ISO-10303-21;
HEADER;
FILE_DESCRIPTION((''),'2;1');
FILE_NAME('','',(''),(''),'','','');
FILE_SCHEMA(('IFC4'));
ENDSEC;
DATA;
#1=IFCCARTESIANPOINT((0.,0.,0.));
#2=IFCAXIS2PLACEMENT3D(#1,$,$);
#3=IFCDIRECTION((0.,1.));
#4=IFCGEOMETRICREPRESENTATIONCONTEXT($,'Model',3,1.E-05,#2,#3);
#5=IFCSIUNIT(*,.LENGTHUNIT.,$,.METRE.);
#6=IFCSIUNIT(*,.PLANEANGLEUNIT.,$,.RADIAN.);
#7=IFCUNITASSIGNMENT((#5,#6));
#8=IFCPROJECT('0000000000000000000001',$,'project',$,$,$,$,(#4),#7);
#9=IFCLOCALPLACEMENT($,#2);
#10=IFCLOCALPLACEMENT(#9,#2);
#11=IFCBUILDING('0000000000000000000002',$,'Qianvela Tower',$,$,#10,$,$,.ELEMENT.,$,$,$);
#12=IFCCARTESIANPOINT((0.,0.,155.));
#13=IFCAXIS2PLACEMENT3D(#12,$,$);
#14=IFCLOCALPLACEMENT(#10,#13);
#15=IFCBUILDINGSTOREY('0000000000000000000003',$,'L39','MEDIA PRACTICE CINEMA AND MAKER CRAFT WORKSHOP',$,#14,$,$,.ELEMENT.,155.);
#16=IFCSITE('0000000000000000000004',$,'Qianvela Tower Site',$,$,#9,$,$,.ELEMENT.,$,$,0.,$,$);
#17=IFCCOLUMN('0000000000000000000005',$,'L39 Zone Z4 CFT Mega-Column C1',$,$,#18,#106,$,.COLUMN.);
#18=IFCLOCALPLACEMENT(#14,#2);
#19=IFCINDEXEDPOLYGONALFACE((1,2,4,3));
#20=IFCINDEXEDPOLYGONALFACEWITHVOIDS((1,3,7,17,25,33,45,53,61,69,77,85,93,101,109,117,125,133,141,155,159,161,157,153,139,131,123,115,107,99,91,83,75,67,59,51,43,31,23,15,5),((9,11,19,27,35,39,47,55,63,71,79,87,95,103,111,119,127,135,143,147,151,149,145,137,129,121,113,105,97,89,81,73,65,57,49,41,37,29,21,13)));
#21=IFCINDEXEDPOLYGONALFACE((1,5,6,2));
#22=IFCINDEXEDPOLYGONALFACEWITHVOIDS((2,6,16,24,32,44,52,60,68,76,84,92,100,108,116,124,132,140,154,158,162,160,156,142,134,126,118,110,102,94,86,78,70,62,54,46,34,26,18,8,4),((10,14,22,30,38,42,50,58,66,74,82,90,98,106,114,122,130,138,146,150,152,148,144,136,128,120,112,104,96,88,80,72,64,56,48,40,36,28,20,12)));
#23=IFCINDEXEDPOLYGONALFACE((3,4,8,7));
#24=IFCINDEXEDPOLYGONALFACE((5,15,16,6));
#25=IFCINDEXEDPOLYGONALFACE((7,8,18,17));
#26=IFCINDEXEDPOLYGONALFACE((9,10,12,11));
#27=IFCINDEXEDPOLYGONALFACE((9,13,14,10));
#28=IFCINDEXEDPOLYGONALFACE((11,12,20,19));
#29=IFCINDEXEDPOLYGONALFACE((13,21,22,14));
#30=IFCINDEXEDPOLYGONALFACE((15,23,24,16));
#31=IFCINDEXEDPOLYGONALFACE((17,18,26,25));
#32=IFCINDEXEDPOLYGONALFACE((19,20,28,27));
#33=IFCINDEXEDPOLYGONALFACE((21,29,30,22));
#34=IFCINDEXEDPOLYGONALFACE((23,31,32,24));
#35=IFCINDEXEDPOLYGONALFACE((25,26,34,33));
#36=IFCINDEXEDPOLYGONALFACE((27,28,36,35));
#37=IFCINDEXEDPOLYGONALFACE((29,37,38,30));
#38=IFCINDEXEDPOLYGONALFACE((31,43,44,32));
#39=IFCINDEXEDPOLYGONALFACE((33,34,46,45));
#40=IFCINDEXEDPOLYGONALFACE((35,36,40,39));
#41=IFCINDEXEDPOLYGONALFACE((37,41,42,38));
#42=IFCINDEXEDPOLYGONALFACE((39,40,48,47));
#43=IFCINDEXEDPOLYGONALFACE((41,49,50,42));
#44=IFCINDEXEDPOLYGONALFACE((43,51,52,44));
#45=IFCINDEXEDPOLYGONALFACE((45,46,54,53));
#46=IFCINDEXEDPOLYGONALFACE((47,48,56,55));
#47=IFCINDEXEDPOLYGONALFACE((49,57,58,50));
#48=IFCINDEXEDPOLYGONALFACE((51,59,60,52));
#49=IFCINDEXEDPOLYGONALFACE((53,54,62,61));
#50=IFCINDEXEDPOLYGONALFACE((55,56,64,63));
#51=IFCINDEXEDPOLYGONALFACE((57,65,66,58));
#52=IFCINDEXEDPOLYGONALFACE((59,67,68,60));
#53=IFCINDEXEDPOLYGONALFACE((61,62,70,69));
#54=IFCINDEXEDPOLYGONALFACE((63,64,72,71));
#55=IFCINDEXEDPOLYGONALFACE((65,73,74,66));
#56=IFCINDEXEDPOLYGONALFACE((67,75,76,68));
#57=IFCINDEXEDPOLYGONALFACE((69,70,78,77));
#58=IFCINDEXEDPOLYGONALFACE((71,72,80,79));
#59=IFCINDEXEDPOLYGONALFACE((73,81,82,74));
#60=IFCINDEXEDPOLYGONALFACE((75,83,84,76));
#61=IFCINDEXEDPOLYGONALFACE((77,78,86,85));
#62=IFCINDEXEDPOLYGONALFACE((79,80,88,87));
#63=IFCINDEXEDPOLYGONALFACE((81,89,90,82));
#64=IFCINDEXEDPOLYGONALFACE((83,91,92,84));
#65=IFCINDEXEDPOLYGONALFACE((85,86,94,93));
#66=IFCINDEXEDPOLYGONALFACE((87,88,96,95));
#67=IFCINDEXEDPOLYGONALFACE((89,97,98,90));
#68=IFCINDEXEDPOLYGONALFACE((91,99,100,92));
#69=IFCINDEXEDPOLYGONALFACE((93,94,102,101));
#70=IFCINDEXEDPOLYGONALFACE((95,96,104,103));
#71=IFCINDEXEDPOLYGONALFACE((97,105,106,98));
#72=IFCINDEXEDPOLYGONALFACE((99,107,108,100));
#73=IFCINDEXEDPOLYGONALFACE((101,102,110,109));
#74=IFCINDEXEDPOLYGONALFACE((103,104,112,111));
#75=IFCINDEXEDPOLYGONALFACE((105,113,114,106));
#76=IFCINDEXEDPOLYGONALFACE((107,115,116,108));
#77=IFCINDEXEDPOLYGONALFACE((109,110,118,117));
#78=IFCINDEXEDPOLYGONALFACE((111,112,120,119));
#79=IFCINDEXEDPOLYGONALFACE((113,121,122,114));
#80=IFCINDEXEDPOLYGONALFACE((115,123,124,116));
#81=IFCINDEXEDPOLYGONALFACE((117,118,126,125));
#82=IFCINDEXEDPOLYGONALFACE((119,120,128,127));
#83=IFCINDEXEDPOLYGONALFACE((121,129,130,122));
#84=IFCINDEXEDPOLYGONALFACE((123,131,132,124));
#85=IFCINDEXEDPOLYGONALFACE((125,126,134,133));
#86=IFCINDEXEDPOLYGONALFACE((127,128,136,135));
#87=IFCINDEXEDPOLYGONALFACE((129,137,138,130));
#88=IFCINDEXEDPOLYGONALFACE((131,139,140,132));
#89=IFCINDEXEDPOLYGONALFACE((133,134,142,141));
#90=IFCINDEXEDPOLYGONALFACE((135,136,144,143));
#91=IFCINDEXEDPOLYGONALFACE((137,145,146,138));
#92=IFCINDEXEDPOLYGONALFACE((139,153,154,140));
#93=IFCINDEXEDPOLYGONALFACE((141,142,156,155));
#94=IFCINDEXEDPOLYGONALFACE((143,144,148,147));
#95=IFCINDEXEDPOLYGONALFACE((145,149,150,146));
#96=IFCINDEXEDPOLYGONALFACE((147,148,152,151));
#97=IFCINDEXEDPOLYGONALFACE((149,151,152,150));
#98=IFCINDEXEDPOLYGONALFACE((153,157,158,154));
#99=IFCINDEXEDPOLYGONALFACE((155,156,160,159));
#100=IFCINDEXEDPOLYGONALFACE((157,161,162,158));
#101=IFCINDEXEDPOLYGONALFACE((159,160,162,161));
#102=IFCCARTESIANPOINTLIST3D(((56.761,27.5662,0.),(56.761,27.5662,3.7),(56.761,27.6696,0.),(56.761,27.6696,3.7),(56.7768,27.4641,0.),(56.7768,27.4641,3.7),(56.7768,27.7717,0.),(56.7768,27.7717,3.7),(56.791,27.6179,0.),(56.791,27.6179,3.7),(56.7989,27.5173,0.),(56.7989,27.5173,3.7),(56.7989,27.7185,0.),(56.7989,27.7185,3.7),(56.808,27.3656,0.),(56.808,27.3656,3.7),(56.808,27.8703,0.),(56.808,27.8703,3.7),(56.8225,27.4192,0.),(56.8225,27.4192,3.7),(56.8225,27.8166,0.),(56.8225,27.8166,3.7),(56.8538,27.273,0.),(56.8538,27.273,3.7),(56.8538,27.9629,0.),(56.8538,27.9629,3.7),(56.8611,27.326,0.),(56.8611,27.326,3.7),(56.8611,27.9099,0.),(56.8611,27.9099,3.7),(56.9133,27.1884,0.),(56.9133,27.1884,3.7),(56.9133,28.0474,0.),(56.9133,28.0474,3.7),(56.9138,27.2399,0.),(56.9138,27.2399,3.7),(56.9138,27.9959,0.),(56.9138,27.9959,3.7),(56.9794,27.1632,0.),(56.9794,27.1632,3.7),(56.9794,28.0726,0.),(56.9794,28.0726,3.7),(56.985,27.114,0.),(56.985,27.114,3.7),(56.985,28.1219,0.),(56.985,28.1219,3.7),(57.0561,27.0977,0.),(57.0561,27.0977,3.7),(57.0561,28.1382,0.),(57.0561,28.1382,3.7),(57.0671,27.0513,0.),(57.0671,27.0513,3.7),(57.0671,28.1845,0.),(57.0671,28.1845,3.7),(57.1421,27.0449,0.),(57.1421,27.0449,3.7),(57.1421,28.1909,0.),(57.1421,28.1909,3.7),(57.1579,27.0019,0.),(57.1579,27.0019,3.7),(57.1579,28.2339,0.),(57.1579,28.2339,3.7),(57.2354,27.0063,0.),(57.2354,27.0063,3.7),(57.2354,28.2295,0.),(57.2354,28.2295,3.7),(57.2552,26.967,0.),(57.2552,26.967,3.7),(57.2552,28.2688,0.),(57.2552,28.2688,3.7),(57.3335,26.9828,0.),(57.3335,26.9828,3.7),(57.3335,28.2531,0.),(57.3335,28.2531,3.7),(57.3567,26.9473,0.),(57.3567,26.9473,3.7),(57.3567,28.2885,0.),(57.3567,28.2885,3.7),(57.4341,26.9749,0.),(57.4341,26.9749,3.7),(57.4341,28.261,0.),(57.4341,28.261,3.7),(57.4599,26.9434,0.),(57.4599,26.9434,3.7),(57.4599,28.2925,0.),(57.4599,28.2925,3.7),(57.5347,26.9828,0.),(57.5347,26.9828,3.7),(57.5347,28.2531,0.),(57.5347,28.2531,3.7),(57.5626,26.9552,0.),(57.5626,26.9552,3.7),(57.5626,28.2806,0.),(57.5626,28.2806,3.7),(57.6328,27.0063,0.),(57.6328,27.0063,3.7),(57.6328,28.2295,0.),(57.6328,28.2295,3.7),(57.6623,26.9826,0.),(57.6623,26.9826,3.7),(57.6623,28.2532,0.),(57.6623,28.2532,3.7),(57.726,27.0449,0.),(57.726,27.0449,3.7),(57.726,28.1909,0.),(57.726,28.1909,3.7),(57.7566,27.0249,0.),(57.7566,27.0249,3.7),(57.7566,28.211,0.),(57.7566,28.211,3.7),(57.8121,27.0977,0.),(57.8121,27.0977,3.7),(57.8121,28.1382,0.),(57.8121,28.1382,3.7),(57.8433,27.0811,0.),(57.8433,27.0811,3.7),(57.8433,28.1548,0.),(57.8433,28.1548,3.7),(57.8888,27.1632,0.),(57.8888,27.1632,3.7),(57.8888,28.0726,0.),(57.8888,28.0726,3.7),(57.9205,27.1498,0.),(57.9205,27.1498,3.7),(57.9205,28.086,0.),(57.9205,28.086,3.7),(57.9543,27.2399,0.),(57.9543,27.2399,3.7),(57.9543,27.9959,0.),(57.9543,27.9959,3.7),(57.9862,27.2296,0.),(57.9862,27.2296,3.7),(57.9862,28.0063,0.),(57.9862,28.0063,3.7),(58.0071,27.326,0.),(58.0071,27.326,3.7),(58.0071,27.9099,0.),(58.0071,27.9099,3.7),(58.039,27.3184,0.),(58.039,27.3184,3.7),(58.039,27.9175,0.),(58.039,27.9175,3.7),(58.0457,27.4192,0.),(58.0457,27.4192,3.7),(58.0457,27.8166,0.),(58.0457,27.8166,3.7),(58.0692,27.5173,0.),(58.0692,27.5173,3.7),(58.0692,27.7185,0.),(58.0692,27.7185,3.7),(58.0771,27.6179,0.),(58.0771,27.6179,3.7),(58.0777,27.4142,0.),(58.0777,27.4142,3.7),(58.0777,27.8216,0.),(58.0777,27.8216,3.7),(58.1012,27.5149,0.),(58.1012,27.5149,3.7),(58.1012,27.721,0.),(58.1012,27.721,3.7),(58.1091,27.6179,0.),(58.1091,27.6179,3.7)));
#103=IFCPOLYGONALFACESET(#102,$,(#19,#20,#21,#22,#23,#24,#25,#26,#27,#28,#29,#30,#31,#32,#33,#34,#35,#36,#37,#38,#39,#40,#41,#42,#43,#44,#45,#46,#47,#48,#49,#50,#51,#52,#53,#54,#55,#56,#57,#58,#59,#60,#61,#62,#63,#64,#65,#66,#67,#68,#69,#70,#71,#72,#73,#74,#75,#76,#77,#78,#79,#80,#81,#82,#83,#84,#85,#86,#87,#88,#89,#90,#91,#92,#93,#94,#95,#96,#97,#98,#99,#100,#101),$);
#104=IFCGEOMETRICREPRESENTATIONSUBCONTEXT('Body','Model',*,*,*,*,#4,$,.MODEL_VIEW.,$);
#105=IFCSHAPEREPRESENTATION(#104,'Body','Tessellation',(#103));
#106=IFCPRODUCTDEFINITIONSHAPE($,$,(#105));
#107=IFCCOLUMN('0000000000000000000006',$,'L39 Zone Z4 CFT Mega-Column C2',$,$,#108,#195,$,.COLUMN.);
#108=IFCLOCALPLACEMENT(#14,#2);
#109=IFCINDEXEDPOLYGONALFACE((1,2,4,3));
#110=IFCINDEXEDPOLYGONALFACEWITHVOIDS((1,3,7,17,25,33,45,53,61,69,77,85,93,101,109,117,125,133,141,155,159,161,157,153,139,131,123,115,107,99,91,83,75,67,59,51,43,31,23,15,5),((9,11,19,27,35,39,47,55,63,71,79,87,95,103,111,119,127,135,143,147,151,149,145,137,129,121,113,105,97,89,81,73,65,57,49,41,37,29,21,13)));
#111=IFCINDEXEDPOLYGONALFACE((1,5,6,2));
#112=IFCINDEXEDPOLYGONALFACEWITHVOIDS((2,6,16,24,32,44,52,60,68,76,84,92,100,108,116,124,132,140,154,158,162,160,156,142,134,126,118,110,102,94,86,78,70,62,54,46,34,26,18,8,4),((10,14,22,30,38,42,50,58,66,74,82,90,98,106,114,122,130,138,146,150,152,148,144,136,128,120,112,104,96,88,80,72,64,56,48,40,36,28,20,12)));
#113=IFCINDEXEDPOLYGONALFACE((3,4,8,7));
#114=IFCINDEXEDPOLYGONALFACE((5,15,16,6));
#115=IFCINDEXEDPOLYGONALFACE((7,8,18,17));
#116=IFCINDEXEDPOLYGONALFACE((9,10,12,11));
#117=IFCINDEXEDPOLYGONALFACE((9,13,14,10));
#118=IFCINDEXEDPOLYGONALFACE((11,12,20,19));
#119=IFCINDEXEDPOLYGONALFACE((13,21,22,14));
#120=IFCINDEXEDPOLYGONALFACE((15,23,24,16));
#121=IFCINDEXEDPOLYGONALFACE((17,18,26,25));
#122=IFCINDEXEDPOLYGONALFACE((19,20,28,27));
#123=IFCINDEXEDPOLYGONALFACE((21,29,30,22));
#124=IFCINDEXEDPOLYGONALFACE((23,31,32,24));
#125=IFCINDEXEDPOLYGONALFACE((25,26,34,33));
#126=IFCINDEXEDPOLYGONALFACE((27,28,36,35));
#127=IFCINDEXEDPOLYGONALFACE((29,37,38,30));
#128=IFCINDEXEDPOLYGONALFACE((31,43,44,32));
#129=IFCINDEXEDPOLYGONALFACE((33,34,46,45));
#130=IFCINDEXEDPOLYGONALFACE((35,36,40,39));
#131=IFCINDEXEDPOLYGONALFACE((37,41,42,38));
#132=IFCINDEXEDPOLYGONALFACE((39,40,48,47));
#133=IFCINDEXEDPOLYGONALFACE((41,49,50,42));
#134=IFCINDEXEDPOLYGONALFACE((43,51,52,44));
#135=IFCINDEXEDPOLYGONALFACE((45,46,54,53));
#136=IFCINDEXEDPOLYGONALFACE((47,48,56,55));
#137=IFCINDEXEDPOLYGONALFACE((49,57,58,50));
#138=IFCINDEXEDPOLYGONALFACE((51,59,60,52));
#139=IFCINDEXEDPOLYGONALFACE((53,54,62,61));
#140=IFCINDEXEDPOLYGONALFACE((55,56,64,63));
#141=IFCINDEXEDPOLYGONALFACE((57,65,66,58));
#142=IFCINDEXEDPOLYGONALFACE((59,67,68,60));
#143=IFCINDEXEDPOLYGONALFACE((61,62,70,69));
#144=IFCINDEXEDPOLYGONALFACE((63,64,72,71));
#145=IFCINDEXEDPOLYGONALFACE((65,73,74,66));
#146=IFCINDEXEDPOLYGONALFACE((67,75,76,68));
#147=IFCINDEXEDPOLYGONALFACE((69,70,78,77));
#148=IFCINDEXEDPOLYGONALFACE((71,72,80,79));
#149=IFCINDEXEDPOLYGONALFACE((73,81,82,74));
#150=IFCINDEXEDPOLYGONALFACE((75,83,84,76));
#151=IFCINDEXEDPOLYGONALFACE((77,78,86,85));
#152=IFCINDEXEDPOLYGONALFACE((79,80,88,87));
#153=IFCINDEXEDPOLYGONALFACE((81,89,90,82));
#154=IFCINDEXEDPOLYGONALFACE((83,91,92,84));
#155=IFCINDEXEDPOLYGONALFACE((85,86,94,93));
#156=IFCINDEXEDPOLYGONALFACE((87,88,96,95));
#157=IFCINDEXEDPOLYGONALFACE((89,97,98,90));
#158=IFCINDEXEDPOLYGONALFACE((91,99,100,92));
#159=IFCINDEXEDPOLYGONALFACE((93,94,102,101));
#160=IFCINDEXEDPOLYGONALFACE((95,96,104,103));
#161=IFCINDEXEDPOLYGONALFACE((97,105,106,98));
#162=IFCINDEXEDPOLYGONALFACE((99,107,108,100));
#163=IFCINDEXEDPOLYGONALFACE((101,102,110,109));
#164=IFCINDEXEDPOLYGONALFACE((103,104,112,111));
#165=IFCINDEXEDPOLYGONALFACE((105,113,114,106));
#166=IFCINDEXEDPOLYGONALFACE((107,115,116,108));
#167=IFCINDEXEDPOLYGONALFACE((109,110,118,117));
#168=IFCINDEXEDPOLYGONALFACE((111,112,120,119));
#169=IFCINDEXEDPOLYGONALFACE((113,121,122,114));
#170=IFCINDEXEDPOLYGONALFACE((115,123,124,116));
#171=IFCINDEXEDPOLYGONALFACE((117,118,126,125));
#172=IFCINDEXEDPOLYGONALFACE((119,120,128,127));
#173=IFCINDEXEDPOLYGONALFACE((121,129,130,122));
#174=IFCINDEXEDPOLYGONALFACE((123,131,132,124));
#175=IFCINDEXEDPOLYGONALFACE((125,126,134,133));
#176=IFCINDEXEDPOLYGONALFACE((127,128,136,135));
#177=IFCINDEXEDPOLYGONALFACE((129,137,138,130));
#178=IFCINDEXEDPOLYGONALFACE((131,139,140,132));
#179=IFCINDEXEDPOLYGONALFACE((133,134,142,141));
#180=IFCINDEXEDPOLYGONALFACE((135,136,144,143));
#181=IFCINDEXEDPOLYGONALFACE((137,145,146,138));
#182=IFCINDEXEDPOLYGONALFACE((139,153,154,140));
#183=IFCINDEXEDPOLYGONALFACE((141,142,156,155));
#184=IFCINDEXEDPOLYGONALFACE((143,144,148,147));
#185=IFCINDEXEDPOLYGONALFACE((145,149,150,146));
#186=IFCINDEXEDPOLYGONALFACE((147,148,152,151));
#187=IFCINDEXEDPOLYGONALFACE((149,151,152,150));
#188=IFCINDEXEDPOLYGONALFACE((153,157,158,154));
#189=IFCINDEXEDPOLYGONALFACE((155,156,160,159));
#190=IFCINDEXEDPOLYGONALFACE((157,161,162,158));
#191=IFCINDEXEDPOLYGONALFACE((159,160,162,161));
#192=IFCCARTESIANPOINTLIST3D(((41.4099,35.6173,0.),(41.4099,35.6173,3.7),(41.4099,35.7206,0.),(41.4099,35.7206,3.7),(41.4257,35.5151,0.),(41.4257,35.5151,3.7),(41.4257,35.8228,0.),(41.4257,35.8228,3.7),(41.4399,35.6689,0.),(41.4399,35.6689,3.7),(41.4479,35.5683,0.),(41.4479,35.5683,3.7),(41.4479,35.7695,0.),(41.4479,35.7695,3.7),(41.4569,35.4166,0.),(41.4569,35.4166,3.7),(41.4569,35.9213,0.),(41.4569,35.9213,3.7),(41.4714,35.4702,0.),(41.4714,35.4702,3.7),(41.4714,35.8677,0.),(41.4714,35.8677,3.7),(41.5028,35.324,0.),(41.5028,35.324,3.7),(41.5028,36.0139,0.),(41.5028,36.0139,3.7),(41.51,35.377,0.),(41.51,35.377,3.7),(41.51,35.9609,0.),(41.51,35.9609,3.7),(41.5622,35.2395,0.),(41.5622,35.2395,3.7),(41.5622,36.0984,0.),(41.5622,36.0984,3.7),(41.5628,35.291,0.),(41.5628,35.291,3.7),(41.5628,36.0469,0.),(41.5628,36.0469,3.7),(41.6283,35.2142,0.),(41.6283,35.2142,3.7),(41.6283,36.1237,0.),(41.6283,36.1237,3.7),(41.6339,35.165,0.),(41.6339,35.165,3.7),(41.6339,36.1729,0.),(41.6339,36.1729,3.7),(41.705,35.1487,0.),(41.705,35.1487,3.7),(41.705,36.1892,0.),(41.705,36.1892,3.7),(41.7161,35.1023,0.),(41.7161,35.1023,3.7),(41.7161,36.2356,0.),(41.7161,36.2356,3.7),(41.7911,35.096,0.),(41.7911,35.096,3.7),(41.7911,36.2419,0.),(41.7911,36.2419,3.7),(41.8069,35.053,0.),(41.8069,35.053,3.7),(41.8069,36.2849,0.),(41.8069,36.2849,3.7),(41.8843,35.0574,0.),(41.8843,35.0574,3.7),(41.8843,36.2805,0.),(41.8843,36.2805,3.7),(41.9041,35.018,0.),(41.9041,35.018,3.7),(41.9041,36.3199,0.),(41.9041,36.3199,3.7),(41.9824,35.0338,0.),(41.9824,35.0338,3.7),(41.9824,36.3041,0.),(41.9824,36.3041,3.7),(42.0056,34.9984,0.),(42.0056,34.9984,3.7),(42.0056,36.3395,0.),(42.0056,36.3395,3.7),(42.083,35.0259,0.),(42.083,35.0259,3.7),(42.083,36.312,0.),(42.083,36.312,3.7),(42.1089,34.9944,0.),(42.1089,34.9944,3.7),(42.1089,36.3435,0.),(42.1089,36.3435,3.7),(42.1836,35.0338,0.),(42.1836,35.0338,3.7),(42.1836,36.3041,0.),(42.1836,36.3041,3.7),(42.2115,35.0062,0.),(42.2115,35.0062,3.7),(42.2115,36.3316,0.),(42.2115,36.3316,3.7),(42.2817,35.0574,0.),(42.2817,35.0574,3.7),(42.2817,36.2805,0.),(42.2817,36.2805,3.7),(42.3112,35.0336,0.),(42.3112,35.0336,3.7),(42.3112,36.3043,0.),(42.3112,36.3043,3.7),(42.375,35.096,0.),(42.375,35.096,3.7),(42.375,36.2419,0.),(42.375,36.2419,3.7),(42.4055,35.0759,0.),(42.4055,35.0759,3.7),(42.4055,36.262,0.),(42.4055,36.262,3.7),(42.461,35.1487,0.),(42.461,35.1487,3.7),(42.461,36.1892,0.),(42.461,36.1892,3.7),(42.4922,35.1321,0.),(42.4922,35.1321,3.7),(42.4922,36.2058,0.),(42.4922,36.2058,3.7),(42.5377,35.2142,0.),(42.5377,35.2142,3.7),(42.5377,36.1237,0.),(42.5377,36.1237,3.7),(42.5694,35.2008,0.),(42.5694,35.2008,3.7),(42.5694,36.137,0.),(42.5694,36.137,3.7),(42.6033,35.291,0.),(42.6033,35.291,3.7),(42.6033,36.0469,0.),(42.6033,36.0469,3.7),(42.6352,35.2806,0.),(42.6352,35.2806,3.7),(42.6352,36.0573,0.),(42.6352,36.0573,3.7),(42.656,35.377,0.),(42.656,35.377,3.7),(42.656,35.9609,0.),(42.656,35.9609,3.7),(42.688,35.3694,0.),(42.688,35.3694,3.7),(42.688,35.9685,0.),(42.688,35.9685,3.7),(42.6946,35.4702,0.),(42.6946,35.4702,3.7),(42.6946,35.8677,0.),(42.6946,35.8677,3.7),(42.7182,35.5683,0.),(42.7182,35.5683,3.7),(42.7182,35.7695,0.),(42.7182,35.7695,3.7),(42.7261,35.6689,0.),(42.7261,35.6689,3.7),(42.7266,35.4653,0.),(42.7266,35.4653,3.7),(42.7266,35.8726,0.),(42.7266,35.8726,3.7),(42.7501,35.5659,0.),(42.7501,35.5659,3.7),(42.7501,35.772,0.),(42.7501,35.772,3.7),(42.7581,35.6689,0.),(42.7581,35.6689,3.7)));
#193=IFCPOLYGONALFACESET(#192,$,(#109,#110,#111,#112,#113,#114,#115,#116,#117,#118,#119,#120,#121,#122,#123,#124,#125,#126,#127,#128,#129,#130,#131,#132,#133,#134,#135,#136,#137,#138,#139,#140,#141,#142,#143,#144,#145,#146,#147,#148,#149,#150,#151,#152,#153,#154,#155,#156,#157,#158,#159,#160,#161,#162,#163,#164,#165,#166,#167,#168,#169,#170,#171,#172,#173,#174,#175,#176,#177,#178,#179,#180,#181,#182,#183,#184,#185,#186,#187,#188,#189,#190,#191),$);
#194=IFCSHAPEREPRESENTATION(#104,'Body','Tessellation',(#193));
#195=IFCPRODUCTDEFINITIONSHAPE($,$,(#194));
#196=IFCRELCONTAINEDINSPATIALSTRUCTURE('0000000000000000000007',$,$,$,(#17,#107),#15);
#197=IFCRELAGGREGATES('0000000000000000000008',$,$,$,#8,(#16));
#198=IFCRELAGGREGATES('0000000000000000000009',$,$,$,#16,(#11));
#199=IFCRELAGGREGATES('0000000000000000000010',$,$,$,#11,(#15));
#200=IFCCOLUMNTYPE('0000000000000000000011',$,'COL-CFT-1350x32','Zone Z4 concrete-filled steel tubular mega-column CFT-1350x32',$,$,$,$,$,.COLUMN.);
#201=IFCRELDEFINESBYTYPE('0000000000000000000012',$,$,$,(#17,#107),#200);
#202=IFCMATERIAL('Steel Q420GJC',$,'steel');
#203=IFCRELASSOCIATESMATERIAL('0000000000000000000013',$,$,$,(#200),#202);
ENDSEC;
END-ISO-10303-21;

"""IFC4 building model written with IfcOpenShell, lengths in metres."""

from ifc_helpers import new_model, si_unit, direction, frame, origin, origin_2d, place, context, subcontext, project, spatial, hollow_circle, extrude, material, material_profile, profile_set, type_object, element, save


model = new_model("IFC4")

# Units and contexts
model_context = context("Model", 3, precision=1e-05, world=origin(), true_north=direction((0.0, 1.0)))
body_context = subcontext(model_context, "Body", "Model", "MODEL_VIEW")
ifc_project = project(units=[si_unit("LENGTHUNIT", "METRE"), si_unit("PLANEANGLEUNIT", "RADIAN")], contexts=[model_context])

# Site, building, storey
site_placement = place(None, origin())
site = spatial("IfcSite", under=ifc_project, at=site_placement, Name="Qianvela Tower Site", CompositionType="ELEMENT", RefElevation=0.0)
building_placement = place(site_placement, origin())
building = spatial("IfcBuilding", under=site, at=building_placement, Name="Qianvela Tower", CompositionType="ELEMENT")
storey_placement = place(building_placement, frame((0.0, 0.0, 155.0)))
storey = spatial("IfcBuildingStorey", under=building, at=storey_placement, Name="L39", Description="MEDIA PRACTICE CINEMA AND MAKER CRAFT WORKSHOP", CompositionType="ELEMENT", Elevation=155.0)

# Columns
ifc_material_1 = material(Name="Steel Q420GJC", Category="steel")
ifc_material_profile_1 = material_profile(ifc_material_1, hollow_circle(Radius=0.675, WallThickness=0.032, at=origin_2d()), Name="CFT-1350x32")
ifc_profile_set_1 = profile_set([ifc_material_profile_1], Name="Steel Q420GJC")
column_type = type_object("IfcColumnType", Name="COL-CFT-1350x32", Description="Zone Z4 concrete-filled steel tubular mega-column CFT-1350x32", PredefinedType="COLUMN", material=ifc_profile_set_1)
for number, where, z_axis, x_axis, name in (
    (1, (57.4341, 27.6179, 0.0), (0.0, 0.0, 1.0), (1.0, 0.0, 0.0), "L39 Zone Z4 CFT Mega-Column C1"),
    (2, (42.083, 35.6689, 0.0), (0.0, 0.0, 1.0), (1.0, 0.0, 0.0), "L39 Zone Z4 CFT Mega-Column C2"),
):
    element("IfcColumn", number, at=place(storey_placement, frame(where, z_axis=z_axis, x_axis=x_axis)), inside=storey, type_object=column_type, Name=name, PredefinedType="COLUMN", context=body_context, shape_type="SweptSolid", body=[
        extrude(hollow_circle(Radius=0.675, WallThickness=0.032, at=origin_2d()), origin(), (0.0, 0.0, 1.0), 3.7),
    ])

save(model, "model.ifc")
